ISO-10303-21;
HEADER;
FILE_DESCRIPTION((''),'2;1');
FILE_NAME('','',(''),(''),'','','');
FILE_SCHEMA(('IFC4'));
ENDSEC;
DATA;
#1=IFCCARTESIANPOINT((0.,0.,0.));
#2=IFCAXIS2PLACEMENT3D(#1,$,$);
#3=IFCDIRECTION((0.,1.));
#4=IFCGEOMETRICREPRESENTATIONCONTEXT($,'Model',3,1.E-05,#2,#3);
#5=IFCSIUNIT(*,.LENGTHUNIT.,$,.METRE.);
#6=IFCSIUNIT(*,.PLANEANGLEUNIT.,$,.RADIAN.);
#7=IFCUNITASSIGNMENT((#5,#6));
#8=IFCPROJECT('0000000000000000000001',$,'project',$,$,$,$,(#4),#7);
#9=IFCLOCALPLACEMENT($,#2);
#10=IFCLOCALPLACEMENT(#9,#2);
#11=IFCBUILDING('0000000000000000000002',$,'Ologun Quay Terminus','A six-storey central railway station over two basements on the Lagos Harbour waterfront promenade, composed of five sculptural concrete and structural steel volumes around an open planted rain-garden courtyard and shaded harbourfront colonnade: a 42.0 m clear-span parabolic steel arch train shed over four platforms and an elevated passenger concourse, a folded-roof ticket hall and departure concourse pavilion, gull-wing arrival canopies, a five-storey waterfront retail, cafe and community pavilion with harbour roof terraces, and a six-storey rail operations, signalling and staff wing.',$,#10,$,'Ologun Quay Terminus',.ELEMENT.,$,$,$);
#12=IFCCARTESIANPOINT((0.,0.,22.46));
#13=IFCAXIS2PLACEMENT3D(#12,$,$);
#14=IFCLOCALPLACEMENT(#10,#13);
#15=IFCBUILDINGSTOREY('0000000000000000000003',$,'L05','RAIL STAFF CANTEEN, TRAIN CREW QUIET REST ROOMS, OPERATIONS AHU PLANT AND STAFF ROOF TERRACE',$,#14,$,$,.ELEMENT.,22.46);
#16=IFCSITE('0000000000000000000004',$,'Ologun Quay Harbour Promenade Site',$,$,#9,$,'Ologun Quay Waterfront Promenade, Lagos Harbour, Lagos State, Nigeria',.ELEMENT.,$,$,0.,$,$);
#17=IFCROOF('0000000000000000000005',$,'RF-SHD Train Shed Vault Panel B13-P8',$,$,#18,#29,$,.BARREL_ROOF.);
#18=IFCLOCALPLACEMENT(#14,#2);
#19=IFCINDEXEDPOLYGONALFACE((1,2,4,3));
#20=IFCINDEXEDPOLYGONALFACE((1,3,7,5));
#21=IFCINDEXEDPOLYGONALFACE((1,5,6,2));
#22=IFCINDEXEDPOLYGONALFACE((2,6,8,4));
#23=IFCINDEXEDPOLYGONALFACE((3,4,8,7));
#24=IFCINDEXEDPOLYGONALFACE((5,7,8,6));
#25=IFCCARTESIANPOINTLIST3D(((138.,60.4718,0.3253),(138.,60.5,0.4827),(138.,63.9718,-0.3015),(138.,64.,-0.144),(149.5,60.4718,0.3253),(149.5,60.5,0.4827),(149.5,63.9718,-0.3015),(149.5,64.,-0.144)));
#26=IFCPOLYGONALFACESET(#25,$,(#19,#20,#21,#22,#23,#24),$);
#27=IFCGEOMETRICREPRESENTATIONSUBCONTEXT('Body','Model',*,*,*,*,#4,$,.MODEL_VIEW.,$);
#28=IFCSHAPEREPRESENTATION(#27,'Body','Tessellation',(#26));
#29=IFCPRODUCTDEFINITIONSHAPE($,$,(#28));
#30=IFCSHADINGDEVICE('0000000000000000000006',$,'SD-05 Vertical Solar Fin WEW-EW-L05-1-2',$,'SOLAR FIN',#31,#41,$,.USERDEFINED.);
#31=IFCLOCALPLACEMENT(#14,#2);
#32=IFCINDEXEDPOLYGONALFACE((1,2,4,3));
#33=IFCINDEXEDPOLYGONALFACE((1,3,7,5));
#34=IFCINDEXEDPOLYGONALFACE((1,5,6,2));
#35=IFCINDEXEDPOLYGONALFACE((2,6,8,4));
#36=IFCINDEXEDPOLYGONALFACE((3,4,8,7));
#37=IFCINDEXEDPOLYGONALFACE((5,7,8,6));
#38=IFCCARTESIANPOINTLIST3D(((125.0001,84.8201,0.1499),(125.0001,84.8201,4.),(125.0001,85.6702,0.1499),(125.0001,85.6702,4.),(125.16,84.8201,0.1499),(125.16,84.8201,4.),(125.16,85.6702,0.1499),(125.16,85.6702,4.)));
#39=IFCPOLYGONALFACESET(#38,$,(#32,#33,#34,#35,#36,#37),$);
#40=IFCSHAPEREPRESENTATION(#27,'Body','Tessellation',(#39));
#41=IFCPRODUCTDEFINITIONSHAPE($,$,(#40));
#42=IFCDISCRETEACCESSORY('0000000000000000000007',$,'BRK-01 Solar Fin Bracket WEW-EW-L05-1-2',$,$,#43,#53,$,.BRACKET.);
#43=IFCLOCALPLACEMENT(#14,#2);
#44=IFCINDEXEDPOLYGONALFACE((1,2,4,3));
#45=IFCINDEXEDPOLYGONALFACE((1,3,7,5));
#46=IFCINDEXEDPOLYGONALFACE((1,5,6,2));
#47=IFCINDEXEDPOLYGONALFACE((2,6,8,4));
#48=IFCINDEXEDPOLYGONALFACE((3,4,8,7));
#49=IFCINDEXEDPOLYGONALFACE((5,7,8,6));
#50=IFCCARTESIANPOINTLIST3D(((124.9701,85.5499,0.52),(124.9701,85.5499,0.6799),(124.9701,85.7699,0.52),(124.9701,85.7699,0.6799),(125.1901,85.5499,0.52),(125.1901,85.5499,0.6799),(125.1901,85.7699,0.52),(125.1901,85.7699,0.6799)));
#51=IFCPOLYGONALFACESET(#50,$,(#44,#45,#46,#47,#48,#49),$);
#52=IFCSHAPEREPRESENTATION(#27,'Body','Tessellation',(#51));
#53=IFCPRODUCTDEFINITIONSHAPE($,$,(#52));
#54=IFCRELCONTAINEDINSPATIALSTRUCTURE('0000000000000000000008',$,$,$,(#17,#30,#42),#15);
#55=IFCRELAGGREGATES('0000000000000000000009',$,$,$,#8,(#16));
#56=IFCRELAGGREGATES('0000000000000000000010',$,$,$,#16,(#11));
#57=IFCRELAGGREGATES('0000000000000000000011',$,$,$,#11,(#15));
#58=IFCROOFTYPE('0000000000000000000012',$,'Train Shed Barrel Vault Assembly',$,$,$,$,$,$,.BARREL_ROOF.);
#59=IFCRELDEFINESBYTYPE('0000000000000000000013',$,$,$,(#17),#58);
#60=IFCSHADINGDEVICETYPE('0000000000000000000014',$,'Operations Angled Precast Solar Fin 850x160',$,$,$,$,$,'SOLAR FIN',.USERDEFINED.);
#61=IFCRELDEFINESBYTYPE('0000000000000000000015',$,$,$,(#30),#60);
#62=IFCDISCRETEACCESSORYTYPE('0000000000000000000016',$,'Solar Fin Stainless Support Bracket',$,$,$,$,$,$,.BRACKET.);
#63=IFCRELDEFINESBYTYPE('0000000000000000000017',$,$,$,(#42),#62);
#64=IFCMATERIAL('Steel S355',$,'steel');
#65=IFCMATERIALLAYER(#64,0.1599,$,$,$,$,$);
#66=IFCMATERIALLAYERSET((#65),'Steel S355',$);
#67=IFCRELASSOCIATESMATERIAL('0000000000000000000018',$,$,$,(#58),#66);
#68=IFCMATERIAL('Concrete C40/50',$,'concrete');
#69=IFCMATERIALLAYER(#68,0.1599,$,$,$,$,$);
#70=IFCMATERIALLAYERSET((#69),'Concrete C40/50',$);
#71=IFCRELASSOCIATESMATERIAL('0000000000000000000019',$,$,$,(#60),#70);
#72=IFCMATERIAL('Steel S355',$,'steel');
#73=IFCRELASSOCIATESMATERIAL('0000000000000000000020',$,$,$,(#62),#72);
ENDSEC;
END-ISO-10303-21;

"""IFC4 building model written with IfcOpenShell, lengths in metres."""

from ifc_helpers import new_model, si_unit, direction, frame, origin, origin_2d, place, context, subcontext, project, spatial, polyline, rectangle, outline, extrude, material, layer, layer_set, type_object, element, save


model = new_model("IFC4")

# Units and contexts
model_context = context("Model", 3, precision=1e-05, world=origin(), true_north=direction((0.0, 1.0)))
body_context = subcontext(model_context, "Body", "Model", "MODEL_VIEW")
ifc_project = project(units=[si_unit("LENGTHUNIT", "METRE"), si_unit("PLANEANGLEUNIT", "RADIAN")], contexts=[model_context])

# Site, building, storey
site_placement = place(None, origin())
site = spatial("IfcSite", under=ifc_project, at=site_placement, Name="Ologun Quay Harbour Promenade Site", LongName="Ologun Quay Waterfront Promenade, Lagos Harbour, Lagos State, Nigeria", CompositionType="ELEMENT", RefElevation=0.0)
building_placement = place(site_placement, origin())
building = spatial("IfcBuilding", under=site, at=building_placement, Name="Ologun Quay Terminus", Description="A six-storey central railway station over two basements on the Lagos Harbour waterfront promenade, composed of five sculptural concrete and structural steel volumes around an open planted rain-garden courtyard and shaded harbourfront colonnade: a 42.0 m clear-span parabolic steel arch train shed over four platforms and an elevated passenger concourse, a folded-roof ticket hall and departure concourse pavilion, gull-wing arrival canopies, a five-storey waterfront retail, cafe and community pavilion with harbour roof terraces, and a six-storey rail operations, signalling and staff wing.", LongName="Ologun Quay Terminus", CompositionType="ELEMENT")
storey_placement = place(building_placement, frame((0.0, 0.0, 22.46)))
storey = spatial("IfcBuildingStorey", under=building, at=storey_placement, Name="L05", Description="RAIL STAFF CANTEEN, TRAIN CREW QUIET REST ROOMS, OPERATIONS AHU PLANT AND STAFF ROOF TERRACE", CompositionType="ELEMENT", Elevation=22.46)

# Roof
ifc_material_1 = material(Name="Steel S355", Category="steel")
ifc_layer_1 = layer(ifc_material_1, 0.1599)
ifc_layer_set_1 = layer_set([ifc_layer_1], Name="Steel S355")
roof_type = type_object("IfcRoofType", Name="Train Shed Barrel Vault Assembly", PredefinedType="BARREL_ROOF", material=ifc_layer_set_1)
for number, where, z_axis, x_axis, name in (
    (1, (138.0, 60.5, 0.4827), (0.0, 0.176256, 0.984344), (1.0, 0.0, 0.0), "RF-SHD Train Shed Vault Panel B13-P8"),
):
    element("IfcRoof", number, at=place(storey_placement, frame(where, z_axis=z_axis, x_axis=x_axis)), inside=storey, type_object=roof_type, Name=name, PredefinedType="BARREL_ROOF", context=body_context, shape_type="SweptSolid", body=[
        extrude(outline(polyline([(0.0, 0.0), (11.5, 0.0), (11.5, 3.5557), (0.0, 3.5557), (0.0, 0.0)])), origin(), (0.0, 0.0, -1.0), 0.1599),
    ])

# Shading device
ifc_material_2 = material(Name="Concrete C40/50", Category="concrete")
ifc_layer_2 = layer(ifc_material_2, 0.1599)
ifc_layer_set_2 = layer_set([ifc_layer_2], Name="Concrete C40/50")
shading_device_type = type_object("IfcShadingDeviceType", Name="Operations Angled Precast Solar Fin 850x160", ElementType="SOLAR FIN", PredefinedType="USERDEFINED", material=ifc_layer_set_2)
shading_device_placement = place(storey_placement, frame((125.0801, 85.2451, 0.1499), z_axis=(0.0, 0.0, 1.0), x_axis=(1.0, 0.0, 0.0)))
element("IfcShadingDevice", 2, at=shading_device_placement, inside=storey, type_object=shading_device_type, Name="SD-05 Vertical Solar Fin WEW-EW-L05-1-2", ObjectType="SOLAR FIN", PredefinedType="USERDEFINED", context=body_context, shape_type="SweptSolid", body=[
    extrude(rectangle(XDim=0.1599, YDim=0.8501, at=origin_2d()), origin(), (0.0, 0.0, 1.0), 3.8501),
])

# Discrete accessory
ifc_material_3 = material(Name="Steel S355", Category="steel")
discrete_accessory_type = type_object("IfcDiscreteAccessoryType", Name="Solar Fin Stainless Support Bracket", PredefinedType="BRACKET", material=ifc_material_3)
discrete_accessory_placement = place(storey_placement, frame((125.0801, 85.6599, 0.52), z_axis=(0.0, 0.0, 1.0), x_axis=(1.0, 0.0, 0.0)))
element("IfcDiscreteAccessory", 3, at=discrete_accessory_placement, inside=storey, type_object=discrete_accessory_type, Name="BRK-01 Solar Fin Bracket WEW-EW-L05-1-2", PredefinedType="BRACKET", context=body_context, shape_type="SweptSolid", body=[
    extrude(rectangle(XDim=0.22, YDim=0.22, at=origin_2d()), origin(), (0.0, 0.0, 1.0), 0.1599),
])

save(model, "model.ifc")
